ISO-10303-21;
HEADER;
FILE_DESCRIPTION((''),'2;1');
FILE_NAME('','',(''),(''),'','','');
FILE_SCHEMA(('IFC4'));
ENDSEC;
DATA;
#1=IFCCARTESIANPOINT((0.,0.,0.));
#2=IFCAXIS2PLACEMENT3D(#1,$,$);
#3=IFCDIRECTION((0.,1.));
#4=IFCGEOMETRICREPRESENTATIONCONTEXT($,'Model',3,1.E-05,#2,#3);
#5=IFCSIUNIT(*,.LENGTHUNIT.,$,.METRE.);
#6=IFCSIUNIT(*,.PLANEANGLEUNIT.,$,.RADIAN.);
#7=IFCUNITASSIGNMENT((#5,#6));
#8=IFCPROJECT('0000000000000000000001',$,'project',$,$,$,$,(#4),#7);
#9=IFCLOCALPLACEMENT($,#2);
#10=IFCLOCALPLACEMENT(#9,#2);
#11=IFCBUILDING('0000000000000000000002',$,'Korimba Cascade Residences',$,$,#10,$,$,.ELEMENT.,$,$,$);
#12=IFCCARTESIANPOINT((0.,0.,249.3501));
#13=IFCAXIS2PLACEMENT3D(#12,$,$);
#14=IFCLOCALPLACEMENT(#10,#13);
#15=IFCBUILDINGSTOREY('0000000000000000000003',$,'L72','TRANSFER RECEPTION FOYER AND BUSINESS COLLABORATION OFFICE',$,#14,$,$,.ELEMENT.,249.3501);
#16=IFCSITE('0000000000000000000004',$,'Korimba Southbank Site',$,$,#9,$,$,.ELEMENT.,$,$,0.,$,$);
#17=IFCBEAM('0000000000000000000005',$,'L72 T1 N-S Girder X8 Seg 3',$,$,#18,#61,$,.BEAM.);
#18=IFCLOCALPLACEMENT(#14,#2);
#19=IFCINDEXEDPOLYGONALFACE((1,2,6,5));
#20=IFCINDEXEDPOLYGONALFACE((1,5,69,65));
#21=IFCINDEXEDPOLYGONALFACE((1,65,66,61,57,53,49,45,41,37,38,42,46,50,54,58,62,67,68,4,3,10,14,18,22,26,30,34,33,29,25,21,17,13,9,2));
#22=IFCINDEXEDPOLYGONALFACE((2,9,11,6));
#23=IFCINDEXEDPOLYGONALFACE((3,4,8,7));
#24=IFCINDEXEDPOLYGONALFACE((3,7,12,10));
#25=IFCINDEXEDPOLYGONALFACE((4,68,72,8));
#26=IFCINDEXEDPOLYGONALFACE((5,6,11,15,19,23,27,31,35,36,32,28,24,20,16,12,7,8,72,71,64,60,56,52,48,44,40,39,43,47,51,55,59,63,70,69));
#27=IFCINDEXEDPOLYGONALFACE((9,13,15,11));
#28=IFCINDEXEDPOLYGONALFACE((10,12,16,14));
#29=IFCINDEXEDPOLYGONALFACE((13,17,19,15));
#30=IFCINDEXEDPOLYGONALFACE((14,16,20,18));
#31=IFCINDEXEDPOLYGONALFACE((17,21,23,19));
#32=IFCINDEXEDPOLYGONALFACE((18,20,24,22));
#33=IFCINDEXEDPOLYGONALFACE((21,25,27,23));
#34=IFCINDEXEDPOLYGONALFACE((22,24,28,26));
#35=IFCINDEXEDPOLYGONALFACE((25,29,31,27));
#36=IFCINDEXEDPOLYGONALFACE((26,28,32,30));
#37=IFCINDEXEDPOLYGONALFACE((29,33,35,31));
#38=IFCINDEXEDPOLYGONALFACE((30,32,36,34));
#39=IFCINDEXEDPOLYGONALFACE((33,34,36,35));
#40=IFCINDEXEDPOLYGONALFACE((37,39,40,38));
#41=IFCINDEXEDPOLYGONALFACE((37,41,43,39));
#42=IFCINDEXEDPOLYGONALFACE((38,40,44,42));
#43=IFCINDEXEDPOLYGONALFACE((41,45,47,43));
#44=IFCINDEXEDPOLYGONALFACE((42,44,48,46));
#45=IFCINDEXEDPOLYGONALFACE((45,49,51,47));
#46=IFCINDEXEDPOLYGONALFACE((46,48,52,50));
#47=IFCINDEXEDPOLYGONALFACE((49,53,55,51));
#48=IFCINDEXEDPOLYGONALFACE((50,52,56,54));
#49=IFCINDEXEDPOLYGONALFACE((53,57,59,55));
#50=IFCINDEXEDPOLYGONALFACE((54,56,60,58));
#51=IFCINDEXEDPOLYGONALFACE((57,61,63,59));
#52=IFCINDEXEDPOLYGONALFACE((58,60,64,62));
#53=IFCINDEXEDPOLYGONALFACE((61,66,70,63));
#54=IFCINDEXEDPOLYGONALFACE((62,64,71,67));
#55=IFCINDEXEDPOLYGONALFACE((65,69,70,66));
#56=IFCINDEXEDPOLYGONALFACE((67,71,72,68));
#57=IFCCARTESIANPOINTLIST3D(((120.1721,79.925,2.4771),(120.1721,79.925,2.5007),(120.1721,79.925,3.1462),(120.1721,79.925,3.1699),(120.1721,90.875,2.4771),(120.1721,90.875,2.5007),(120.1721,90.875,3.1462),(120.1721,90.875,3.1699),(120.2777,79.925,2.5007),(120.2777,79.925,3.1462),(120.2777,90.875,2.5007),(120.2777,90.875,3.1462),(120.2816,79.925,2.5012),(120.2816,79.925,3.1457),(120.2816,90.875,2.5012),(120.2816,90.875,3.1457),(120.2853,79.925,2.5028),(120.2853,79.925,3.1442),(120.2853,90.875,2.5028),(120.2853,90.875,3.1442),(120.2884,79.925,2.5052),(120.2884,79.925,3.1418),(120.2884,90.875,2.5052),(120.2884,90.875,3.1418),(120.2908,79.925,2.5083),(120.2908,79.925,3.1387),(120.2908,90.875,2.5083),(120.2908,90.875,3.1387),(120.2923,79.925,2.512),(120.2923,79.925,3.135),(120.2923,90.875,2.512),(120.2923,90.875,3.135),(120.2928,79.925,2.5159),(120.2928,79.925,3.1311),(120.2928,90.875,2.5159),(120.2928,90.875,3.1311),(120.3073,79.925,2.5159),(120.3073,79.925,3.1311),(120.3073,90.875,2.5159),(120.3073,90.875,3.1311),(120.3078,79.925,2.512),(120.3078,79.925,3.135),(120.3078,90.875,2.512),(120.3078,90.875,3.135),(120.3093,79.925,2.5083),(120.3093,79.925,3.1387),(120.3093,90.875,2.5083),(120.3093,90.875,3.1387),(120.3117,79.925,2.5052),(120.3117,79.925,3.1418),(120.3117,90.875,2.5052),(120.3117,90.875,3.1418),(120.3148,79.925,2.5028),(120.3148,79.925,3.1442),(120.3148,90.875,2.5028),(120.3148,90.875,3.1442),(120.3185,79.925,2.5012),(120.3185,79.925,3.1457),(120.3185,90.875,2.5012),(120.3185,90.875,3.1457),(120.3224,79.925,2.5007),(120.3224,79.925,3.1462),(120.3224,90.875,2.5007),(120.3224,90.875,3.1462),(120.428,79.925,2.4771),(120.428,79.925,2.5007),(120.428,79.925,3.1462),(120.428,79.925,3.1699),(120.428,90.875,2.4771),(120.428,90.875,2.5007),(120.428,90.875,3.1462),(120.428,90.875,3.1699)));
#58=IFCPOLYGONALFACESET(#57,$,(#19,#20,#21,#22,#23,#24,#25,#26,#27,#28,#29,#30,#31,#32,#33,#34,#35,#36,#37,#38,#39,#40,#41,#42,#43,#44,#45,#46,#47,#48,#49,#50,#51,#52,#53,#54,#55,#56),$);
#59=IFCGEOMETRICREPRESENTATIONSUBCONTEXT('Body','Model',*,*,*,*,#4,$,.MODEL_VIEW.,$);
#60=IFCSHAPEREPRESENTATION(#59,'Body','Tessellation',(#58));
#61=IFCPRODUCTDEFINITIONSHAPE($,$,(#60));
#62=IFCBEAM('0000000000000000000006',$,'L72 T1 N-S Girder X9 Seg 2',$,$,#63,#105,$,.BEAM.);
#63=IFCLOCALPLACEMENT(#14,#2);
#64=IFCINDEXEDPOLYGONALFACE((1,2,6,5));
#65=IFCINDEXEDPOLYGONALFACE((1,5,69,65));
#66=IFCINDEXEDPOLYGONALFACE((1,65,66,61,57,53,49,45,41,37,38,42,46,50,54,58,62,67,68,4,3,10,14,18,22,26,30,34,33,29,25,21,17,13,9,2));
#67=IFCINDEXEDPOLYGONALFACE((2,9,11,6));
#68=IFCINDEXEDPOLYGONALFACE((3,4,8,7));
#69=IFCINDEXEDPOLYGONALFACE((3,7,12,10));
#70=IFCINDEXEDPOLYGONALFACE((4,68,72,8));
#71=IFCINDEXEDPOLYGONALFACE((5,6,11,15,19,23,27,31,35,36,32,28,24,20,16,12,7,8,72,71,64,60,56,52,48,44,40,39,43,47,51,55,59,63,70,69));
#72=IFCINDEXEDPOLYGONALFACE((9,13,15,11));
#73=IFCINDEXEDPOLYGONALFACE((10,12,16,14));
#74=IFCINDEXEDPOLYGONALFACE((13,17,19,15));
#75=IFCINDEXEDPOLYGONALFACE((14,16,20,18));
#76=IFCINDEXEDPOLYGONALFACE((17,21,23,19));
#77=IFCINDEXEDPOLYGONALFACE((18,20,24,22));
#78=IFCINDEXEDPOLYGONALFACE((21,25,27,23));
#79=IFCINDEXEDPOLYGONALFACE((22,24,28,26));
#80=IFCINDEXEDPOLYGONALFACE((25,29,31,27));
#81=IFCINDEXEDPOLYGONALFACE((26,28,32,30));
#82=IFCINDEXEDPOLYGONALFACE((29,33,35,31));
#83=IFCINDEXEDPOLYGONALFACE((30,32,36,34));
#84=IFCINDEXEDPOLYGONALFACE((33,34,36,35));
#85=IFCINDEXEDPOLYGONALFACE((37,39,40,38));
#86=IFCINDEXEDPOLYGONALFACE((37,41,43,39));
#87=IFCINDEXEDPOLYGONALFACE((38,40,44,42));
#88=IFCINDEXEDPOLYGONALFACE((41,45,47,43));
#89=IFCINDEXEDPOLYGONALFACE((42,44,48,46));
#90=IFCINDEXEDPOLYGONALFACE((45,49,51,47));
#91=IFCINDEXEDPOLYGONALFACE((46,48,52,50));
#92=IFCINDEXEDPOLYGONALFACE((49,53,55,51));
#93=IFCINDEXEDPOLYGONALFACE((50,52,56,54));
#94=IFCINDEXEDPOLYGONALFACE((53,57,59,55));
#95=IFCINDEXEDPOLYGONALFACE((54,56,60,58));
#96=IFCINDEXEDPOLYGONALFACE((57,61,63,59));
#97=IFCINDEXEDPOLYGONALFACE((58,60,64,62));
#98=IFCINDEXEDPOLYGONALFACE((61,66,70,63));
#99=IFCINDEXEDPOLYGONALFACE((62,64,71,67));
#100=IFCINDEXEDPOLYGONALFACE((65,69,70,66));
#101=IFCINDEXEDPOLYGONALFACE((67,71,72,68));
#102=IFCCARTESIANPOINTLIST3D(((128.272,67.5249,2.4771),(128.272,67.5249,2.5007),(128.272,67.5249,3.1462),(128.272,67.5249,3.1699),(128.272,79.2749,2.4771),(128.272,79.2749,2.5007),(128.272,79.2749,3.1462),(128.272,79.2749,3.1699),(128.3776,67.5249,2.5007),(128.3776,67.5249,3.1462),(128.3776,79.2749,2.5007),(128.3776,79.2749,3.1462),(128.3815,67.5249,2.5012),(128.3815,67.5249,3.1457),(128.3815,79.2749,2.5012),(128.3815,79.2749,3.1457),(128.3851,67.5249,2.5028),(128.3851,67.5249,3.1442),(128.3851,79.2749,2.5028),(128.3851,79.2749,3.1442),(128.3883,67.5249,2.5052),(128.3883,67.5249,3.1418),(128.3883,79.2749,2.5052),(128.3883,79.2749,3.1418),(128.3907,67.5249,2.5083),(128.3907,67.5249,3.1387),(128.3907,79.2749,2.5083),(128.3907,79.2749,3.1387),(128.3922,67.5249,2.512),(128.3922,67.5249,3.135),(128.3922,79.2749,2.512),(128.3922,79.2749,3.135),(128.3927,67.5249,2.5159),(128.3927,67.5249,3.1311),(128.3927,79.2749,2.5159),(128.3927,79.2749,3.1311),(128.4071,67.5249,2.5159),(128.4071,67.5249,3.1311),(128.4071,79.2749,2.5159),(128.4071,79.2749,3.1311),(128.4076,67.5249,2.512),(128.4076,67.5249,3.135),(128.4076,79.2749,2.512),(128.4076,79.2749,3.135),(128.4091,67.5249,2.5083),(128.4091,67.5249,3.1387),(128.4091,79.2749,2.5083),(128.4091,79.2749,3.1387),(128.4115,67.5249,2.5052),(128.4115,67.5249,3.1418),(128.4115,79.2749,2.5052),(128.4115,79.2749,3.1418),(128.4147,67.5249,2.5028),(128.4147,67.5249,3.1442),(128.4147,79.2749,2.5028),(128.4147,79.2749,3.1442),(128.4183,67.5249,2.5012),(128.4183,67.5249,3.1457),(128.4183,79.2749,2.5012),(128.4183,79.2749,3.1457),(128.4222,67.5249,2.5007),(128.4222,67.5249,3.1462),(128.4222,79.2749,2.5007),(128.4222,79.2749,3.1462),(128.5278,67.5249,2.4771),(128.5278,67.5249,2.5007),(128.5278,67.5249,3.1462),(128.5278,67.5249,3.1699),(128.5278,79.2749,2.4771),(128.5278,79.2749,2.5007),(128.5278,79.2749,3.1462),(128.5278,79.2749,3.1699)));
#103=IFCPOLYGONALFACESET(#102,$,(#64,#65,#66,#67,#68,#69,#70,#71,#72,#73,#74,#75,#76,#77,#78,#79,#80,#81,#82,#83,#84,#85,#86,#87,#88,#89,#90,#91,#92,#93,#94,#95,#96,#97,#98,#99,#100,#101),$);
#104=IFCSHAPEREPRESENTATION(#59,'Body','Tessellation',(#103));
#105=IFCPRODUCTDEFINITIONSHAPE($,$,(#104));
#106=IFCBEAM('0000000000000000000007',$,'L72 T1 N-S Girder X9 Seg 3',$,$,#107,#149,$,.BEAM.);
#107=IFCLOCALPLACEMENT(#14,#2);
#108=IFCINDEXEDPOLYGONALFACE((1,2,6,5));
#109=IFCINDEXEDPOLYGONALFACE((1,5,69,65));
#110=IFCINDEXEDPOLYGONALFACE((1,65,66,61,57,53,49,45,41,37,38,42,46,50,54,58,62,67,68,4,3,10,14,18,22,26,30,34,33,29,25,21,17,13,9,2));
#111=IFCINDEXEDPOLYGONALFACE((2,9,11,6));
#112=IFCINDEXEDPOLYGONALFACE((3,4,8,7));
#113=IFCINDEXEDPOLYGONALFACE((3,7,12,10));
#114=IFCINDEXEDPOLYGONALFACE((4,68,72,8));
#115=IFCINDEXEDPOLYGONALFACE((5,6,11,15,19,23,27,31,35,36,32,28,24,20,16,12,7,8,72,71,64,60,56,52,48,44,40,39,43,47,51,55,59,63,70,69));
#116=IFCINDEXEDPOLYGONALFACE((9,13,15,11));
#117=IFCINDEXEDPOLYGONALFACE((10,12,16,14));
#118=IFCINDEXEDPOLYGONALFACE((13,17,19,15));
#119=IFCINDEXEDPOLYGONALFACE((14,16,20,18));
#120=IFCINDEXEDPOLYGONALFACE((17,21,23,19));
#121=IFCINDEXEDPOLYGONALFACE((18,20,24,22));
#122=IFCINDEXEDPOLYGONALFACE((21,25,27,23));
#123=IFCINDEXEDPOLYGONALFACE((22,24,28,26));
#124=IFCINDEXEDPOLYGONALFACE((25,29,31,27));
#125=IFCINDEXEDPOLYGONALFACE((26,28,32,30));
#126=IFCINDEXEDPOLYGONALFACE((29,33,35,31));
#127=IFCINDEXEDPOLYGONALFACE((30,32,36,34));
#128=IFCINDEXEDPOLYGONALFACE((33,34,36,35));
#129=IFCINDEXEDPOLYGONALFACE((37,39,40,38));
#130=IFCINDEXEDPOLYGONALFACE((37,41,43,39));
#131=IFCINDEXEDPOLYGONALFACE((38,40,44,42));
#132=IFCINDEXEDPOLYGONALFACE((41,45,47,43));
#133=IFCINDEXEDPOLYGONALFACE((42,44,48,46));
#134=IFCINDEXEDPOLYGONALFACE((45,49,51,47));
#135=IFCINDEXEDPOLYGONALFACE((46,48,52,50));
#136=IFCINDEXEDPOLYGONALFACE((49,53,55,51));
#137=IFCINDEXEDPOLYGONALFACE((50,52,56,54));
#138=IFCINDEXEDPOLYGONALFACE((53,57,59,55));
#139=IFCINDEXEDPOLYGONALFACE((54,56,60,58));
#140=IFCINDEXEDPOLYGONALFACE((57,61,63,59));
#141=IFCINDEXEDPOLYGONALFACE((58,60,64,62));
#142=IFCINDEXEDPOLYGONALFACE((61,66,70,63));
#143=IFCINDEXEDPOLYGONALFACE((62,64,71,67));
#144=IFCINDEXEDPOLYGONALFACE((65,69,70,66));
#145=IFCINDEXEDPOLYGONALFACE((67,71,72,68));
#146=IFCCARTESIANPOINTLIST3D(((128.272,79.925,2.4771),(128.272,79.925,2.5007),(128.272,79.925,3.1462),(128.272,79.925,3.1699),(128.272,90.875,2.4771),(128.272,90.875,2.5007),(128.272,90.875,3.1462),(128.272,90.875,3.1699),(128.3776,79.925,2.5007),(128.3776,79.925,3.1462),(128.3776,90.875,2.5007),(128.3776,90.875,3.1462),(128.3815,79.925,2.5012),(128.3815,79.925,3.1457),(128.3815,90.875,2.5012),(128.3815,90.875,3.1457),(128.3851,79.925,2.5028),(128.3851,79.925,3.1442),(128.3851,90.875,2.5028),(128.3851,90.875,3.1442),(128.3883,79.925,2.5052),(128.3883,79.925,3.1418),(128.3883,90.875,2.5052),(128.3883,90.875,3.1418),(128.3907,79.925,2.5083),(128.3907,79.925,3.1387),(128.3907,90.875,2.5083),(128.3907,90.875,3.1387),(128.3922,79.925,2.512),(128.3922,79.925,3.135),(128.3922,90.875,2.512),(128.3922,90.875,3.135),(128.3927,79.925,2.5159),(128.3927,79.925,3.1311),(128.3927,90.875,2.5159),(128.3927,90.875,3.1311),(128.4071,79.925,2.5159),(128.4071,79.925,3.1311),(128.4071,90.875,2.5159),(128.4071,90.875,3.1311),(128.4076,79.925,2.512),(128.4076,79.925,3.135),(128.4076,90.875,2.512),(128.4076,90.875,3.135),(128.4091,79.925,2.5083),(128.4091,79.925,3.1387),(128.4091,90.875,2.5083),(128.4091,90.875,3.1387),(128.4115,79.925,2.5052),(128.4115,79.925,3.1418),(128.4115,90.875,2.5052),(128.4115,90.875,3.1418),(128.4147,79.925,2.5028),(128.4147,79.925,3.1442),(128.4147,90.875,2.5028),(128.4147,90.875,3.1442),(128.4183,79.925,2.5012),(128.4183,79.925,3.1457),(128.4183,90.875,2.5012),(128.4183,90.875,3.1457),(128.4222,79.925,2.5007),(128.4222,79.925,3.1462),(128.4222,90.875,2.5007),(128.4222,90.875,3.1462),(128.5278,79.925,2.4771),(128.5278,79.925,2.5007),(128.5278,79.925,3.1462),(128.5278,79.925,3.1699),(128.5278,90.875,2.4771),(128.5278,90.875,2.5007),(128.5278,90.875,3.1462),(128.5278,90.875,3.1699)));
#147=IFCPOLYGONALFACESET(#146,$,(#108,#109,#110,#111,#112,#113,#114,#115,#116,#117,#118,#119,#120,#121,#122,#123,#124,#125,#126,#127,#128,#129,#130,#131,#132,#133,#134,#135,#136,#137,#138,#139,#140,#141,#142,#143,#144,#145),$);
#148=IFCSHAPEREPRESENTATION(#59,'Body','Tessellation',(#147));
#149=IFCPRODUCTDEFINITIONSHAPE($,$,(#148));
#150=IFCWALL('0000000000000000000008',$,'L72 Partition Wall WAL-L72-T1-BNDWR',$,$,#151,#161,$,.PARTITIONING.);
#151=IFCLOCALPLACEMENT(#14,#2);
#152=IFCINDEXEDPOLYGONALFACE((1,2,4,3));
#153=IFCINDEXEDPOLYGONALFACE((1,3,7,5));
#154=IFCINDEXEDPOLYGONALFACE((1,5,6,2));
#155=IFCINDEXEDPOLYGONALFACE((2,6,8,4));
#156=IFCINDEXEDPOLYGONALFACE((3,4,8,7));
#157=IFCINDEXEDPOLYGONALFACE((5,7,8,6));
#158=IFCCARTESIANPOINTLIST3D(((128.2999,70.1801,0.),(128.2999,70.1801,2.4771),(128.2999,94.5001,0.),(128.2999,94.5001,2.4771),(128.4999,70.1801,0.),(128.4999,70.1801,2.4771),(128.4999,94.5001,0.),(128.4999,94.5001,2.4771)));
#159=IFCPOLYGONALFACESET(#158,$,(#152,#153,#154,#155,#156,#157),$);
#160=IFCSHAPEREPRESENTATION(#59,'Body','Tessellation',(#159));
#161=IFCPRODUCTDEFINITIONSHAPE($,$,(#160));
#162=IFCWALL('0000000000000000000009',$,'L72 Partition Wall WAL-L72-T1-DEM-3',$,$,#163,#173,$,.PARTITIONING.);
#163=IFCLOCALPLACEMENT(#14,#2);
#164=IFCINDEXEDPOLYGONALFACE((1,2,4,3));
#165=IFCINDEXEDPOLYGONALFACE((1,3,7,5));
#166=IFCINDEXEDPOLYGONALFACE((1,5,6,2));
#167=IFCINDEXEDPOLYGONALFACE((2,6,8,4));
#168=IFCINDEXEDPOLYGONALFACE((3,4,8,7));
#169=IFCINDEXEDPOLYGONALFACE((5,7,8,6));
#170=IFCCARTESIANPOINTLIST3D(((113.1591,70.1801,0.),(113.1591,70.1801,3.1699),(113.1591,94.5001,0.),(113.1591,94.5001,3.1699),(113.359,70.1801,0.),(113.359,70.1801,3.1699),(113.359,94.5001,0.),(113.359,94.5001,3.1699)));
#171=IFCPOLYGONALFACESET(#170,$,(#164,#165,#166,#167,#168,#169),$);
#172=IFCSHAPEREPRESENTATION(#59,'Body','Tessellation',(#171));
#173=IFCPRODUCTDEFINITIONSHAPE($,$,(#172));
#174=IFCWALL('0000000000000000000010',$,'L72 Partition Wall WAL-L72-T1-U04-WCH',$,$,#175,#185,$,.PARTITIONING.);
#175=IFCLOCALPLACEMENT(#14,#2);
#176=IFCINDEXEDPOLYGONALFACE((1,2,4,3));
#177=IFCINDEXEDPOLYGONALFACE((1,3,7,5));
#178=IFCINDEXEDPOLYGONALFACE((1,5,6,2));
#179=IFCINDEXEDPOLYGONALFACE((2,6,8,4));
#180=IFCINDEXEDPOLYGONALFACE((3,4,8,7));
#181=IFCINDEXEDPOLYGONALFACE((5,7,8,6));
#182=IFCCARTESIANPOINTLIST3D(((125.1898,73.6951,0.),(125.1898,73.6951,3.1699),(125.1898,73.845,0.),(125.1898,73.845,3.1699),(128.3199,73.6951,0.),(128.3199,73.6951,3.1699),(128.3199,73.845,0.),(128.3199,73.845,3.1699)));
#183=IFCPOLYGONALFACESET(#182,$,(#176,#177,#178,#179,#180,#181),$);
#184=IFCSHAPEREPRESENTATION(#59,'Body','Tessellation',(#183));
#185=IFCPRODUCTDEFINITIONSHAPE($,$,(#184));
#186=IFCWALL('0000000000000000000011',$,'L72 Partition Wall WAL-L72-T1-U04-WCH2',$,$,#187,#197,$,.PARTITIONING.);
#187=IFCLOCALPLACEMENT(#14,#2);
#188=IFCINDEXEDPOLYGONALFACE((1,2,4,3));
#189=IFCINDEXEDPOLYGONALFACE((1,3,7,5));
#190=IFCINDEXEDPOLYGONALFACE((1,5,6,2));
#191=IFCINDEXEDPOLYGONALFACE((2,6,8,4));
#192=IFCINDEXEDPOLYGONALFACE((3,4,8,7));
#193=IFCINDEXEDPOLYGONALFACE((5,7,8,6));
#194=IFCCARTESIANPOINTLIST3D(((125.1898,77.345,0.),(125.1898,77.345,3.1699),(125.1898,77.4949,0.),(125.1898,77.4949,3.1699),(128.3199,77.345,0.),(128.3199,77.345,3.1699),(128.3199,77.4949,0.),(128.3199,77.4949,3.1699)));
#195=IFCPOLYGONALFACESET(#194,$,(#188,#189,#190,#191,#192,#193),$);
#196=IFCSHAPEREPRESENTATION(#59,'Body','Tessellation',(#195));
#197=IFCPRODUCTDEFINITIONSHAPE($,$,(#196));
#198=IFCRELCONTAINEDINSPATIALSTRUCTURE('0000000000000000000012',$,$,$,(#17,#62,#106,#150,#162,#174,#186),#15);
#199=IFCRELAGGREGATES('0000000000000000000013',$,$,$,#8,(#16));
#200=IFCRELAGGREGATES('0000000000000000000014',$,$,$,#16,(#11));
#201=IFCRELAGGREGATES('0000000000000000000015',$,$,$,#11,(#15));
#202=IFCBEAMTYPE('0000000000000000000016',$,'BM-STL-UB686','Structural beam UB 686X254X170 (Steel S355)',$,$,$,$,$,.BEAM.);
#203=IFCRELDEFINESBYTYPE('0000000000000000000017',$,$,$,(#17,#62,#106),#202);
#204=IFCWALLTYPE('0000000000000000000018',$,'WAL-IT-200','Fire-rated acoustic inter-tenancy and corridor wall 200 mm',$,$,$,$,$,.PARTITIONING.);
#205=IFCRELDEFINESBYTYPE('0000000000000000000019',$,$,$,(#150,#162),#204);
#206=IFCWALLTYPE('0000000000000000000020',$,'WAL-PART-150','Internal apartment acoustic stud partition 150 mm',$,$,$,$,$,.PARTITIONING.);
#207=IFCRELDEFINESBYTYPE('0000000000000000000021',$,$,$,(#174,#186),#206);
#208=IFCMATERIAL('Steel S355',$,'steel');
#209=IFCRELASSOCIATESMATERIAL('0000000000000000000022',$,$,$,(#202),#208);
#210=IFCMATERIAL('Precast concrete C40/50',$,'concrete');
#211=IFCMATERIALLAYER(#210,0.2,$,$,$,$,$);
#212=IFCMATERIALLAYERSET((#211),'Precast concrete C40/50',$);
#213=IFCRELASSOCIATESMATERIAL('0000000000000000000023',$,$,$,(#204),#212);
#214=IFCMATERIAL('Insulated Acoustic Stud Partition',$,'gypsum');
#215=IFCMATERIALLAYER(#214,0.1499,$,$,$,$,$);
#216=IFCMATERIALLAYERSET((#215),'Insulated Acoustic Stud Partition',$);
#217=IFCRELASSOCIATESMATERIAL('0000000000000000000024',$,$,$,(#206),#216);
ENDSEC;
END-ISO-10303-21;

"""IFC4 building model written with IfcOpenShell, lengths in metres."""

from ifc_helpers import new_model, si_unit, direction, frame, frame_2d, origin, origin_2d, place, context, subcontext, project, spatial, rectangle, i_section, extrude, material, layer, layer_set, material_profile, profile_set, type_object, element, save


model = new_model("IFC4")

# Units and contexts
model_context = context("Model", 3, precision=1e-05, world=origin(), true_north=direction((0.0, 1.0)))
body_context = subcontext(model_context, "Body", "Model", "MODEL_VIEW")
ifc_project = project(units=[si_unit("LENGTHUNIT", "METRE"), si_unit("PLANEANGLEUNIT", "RADIAN")], contexts=[model_context])

# Site, building, storey
site_placement = place(None, origin())
site = spatial("IfcSite", under=ifc_project, at=site_placement, Name="Korimba Southbank Site", CompositionType="ELEMENT", RefElevation=0.0)
building_placement = place(site_placement, origin())
building = spatial("IfcBuilding", under=site, at=building_placement, Name="Korimba Cascade Residences", CompositionType="ELEMENT")
storey_placement = place(building_placement, frame((0.0, 0.0, 249.3501)))
storey = spatial("IfcBuildingStorey", under=building, at=storey_placement, Name="L72", Description="TRANSFER RECEPTION FOYER AND BUSINESS COLLABORATION OFFICE", CompositionType="ELEMENT", Elevation=249.3501)

# Beams
ifc_material_1 = material(Name="Steel S355", Category="steel")
ifc_material_profile_1 = material_profile(ifc_material_1, i_section(OverallWidth=0.2559, OverallDepth=0.6929, WebThickness=0.0144, FlangeThickness=0.0237, FilletRadius=0.0151, at=origin_2d()), Name="Steel S355")
ifc_profile_set_1 = profile_set([ifc_material_profile_1], Name="Steel S355")
beam_type_1 = type_object("IfcBeamType", Name="BM-STL-UB686", Description="Structural beam UB 686X254X170 (Steel S355)", PredefinedType="BEAM", material=ifc_profile_set_1)
beam_1_placement = place(storey_placement, frame((120.3, 79.925, 2.8235), z_axis=(0.0, 1.0, 0.0), x_axis=(-1.0, 0.0, 0.0)))
element("IfcBeam", 1, at=beam_1_placement, inside=storey, type_object=beam_type_1, Name="L72 T1 N-S Girder X8 Seg 3", PredefinedType="BEAM", context=body_context, shape_type="SweptSolid", body=[
    extrude(i_section(OverallWidth=0.2559, OverallDepth=0.6929, WebThickness=0.0144, FlangeThickness=0.0237, FilletRadius=0.0151, at=origin_2d()), origin(), (0.0, 0.0, 1.0), 10.95),
])
beam_2_placement = place(storey_placement, frame((128.3999, 67.5249, 2.8235), z_axis=(0.0, 1.0, 0.0), x_axis=(-1.0, 0.0, 0.0)))
element("IfcBeam", 2, at=beam_2_placement, inside=storey, type_object=beam_type_1, Name="L72 T1 N-S Girder X9 Seg 2", PredefinedType="BEAM", context=body_context, shape_type="SweptSolid", body=[
    extrude(i_section(OverallWidth=0.2559, OverallDepth=0.6929, WebThickness=0.0144, FlangeThickness=0.0237, FilletRadius=0.0151, at=origin_2d()), origin(), (0.0, 0.0, 1.0), 11.75),
])
beam_3_placement = place(storey_placement, frame((128.3999, 79.925, 2.8235), z_axis=(0.0, 1.0, 0.0), x_axis=(-1.0, 0.0, 0.0)))
element("IfcBeam", 3, at=beam_3_placement, inside=storey, type_object=beam_type_1, Name="L72 T1 N-S Girder X9 Seg 3", PredefinedType="BEAM", context=body_context, shape_type="SweptSolid", body=[
    extrude(i_section(OverallWidth=0.2559, OverallDepth=0.6929, WebThickness=0.0144, FlangeThickness=0.0237, FilletRadius=0.0151, at=origin_2d()), origin(), (0.0, 0.0, 1.0), 10.95),
])

# Walls
ifc_material_2 = material(Name="Precast concrete C40/50", Category="concrete")
ifc_layer_1 = layer(ifc_material_2, 0.2)
ifc_layer_set_1 = layer_set([ifc_layer_1], Name="Precast concrete C40/50")
wall_type_1 = type_object("IfcWallType", Name="WAL-IT-200", Description="Fire-rated acoustic inter-tenancy and corridor wall 200 mm", PredefinedType="PARTITIONING", material=ifc_layer_set_1)
wall_1_placement = place(storey_placement, frame((128.3999, 70.1799, 0.0), z_axis=(0.0, 0.0, 1.0), x_axis=(0.0, 1.0, 0.0)))
element("IfcWall", 4, at=wall_1_placement, inside=storey, type_object=wall_type_1, Name="L72 Partition Wall WAL-L72-T1-BNDWR", PredefinedType="PARTITIONING", context=body_context, shape_type="SweptSolid", body=[
    extrude(rectangle(XDim=24.3201, YDim=0.2, at=frame_2d((12.1602, 0.0))), origin(), (0.0, 0.0, 1.0), 2.4771),
])
wall_2_placement = place(storey_placement, frame((113.259, 70.1799, 0.0), z_axis=(0.0, 0.0, 1.0), x_axis=(0.0, 1.0, 0.0)))
element("IfcWall", 5, at=wall_2_placement, inside=storey, type_object=wall_type_1, Name="L72 Partition Wall WAL-L72-T1-DEM-3", PredefinedType="PARTITIONING", context=body_context, shape_type="SweptSolid", body=[
    extrude(rectangle(XDim=24.3201, YDim=0.2, at=frame_2d((12.1602, 0.0))), origin(), (0.0, 0.0, 1.0), 3.1699),
])
ifc_material_3 = material(Name="Insulated Acoustic Stud Partition", Category="gypsum")
ifc_layer_2 = layer(ifc_material_3, 0.1499)
ifc_layer_set_2 = layer_set([ifc_layer_2], Name="Insulated Acoustic Stud Partition")
wall_type_2 = type_object("IfcWallType", Name="WAL-PART-150", Description="Internal apartment acoustic stud partition 150 mm", PredefinedType="PARTITIONING", material=ifc_layer_set_2)
for number, where, z_axis, x_axis, name in (
    (6, (125.1899, 73.77, 0.0), (0.0, 0.0, 1.0), (1.0, 0.0, 0.0), "L72 Partition Wall WAL-L72-T1-U04-WCH"),
    (7, (125.1899, 77.4199, 0.0), (0.0, 0.0, 1.0), (1.0, 0.0, 0.0), "L72 Partition Wall WAL-L72-T1-U04-WCH2"),
):
    element("IfcWall", number, at=place(storey_placement, frame(where, z_axis=z_axis, x_axis=x_axis)), inside=storey, type_object=wall_type_2, Name=name, PredefinedType="PARTITIONING", context=body_context, shape_type="SweptSolid", body=[
        extrude(rectangle(XDim=3.1301, YDim=0.1499, at=frame_2d((1.5649, 0.0))), origin(), (0.0, 0.0, 1.0), 3.1699),
    ])

save(model, "model.ifc")
